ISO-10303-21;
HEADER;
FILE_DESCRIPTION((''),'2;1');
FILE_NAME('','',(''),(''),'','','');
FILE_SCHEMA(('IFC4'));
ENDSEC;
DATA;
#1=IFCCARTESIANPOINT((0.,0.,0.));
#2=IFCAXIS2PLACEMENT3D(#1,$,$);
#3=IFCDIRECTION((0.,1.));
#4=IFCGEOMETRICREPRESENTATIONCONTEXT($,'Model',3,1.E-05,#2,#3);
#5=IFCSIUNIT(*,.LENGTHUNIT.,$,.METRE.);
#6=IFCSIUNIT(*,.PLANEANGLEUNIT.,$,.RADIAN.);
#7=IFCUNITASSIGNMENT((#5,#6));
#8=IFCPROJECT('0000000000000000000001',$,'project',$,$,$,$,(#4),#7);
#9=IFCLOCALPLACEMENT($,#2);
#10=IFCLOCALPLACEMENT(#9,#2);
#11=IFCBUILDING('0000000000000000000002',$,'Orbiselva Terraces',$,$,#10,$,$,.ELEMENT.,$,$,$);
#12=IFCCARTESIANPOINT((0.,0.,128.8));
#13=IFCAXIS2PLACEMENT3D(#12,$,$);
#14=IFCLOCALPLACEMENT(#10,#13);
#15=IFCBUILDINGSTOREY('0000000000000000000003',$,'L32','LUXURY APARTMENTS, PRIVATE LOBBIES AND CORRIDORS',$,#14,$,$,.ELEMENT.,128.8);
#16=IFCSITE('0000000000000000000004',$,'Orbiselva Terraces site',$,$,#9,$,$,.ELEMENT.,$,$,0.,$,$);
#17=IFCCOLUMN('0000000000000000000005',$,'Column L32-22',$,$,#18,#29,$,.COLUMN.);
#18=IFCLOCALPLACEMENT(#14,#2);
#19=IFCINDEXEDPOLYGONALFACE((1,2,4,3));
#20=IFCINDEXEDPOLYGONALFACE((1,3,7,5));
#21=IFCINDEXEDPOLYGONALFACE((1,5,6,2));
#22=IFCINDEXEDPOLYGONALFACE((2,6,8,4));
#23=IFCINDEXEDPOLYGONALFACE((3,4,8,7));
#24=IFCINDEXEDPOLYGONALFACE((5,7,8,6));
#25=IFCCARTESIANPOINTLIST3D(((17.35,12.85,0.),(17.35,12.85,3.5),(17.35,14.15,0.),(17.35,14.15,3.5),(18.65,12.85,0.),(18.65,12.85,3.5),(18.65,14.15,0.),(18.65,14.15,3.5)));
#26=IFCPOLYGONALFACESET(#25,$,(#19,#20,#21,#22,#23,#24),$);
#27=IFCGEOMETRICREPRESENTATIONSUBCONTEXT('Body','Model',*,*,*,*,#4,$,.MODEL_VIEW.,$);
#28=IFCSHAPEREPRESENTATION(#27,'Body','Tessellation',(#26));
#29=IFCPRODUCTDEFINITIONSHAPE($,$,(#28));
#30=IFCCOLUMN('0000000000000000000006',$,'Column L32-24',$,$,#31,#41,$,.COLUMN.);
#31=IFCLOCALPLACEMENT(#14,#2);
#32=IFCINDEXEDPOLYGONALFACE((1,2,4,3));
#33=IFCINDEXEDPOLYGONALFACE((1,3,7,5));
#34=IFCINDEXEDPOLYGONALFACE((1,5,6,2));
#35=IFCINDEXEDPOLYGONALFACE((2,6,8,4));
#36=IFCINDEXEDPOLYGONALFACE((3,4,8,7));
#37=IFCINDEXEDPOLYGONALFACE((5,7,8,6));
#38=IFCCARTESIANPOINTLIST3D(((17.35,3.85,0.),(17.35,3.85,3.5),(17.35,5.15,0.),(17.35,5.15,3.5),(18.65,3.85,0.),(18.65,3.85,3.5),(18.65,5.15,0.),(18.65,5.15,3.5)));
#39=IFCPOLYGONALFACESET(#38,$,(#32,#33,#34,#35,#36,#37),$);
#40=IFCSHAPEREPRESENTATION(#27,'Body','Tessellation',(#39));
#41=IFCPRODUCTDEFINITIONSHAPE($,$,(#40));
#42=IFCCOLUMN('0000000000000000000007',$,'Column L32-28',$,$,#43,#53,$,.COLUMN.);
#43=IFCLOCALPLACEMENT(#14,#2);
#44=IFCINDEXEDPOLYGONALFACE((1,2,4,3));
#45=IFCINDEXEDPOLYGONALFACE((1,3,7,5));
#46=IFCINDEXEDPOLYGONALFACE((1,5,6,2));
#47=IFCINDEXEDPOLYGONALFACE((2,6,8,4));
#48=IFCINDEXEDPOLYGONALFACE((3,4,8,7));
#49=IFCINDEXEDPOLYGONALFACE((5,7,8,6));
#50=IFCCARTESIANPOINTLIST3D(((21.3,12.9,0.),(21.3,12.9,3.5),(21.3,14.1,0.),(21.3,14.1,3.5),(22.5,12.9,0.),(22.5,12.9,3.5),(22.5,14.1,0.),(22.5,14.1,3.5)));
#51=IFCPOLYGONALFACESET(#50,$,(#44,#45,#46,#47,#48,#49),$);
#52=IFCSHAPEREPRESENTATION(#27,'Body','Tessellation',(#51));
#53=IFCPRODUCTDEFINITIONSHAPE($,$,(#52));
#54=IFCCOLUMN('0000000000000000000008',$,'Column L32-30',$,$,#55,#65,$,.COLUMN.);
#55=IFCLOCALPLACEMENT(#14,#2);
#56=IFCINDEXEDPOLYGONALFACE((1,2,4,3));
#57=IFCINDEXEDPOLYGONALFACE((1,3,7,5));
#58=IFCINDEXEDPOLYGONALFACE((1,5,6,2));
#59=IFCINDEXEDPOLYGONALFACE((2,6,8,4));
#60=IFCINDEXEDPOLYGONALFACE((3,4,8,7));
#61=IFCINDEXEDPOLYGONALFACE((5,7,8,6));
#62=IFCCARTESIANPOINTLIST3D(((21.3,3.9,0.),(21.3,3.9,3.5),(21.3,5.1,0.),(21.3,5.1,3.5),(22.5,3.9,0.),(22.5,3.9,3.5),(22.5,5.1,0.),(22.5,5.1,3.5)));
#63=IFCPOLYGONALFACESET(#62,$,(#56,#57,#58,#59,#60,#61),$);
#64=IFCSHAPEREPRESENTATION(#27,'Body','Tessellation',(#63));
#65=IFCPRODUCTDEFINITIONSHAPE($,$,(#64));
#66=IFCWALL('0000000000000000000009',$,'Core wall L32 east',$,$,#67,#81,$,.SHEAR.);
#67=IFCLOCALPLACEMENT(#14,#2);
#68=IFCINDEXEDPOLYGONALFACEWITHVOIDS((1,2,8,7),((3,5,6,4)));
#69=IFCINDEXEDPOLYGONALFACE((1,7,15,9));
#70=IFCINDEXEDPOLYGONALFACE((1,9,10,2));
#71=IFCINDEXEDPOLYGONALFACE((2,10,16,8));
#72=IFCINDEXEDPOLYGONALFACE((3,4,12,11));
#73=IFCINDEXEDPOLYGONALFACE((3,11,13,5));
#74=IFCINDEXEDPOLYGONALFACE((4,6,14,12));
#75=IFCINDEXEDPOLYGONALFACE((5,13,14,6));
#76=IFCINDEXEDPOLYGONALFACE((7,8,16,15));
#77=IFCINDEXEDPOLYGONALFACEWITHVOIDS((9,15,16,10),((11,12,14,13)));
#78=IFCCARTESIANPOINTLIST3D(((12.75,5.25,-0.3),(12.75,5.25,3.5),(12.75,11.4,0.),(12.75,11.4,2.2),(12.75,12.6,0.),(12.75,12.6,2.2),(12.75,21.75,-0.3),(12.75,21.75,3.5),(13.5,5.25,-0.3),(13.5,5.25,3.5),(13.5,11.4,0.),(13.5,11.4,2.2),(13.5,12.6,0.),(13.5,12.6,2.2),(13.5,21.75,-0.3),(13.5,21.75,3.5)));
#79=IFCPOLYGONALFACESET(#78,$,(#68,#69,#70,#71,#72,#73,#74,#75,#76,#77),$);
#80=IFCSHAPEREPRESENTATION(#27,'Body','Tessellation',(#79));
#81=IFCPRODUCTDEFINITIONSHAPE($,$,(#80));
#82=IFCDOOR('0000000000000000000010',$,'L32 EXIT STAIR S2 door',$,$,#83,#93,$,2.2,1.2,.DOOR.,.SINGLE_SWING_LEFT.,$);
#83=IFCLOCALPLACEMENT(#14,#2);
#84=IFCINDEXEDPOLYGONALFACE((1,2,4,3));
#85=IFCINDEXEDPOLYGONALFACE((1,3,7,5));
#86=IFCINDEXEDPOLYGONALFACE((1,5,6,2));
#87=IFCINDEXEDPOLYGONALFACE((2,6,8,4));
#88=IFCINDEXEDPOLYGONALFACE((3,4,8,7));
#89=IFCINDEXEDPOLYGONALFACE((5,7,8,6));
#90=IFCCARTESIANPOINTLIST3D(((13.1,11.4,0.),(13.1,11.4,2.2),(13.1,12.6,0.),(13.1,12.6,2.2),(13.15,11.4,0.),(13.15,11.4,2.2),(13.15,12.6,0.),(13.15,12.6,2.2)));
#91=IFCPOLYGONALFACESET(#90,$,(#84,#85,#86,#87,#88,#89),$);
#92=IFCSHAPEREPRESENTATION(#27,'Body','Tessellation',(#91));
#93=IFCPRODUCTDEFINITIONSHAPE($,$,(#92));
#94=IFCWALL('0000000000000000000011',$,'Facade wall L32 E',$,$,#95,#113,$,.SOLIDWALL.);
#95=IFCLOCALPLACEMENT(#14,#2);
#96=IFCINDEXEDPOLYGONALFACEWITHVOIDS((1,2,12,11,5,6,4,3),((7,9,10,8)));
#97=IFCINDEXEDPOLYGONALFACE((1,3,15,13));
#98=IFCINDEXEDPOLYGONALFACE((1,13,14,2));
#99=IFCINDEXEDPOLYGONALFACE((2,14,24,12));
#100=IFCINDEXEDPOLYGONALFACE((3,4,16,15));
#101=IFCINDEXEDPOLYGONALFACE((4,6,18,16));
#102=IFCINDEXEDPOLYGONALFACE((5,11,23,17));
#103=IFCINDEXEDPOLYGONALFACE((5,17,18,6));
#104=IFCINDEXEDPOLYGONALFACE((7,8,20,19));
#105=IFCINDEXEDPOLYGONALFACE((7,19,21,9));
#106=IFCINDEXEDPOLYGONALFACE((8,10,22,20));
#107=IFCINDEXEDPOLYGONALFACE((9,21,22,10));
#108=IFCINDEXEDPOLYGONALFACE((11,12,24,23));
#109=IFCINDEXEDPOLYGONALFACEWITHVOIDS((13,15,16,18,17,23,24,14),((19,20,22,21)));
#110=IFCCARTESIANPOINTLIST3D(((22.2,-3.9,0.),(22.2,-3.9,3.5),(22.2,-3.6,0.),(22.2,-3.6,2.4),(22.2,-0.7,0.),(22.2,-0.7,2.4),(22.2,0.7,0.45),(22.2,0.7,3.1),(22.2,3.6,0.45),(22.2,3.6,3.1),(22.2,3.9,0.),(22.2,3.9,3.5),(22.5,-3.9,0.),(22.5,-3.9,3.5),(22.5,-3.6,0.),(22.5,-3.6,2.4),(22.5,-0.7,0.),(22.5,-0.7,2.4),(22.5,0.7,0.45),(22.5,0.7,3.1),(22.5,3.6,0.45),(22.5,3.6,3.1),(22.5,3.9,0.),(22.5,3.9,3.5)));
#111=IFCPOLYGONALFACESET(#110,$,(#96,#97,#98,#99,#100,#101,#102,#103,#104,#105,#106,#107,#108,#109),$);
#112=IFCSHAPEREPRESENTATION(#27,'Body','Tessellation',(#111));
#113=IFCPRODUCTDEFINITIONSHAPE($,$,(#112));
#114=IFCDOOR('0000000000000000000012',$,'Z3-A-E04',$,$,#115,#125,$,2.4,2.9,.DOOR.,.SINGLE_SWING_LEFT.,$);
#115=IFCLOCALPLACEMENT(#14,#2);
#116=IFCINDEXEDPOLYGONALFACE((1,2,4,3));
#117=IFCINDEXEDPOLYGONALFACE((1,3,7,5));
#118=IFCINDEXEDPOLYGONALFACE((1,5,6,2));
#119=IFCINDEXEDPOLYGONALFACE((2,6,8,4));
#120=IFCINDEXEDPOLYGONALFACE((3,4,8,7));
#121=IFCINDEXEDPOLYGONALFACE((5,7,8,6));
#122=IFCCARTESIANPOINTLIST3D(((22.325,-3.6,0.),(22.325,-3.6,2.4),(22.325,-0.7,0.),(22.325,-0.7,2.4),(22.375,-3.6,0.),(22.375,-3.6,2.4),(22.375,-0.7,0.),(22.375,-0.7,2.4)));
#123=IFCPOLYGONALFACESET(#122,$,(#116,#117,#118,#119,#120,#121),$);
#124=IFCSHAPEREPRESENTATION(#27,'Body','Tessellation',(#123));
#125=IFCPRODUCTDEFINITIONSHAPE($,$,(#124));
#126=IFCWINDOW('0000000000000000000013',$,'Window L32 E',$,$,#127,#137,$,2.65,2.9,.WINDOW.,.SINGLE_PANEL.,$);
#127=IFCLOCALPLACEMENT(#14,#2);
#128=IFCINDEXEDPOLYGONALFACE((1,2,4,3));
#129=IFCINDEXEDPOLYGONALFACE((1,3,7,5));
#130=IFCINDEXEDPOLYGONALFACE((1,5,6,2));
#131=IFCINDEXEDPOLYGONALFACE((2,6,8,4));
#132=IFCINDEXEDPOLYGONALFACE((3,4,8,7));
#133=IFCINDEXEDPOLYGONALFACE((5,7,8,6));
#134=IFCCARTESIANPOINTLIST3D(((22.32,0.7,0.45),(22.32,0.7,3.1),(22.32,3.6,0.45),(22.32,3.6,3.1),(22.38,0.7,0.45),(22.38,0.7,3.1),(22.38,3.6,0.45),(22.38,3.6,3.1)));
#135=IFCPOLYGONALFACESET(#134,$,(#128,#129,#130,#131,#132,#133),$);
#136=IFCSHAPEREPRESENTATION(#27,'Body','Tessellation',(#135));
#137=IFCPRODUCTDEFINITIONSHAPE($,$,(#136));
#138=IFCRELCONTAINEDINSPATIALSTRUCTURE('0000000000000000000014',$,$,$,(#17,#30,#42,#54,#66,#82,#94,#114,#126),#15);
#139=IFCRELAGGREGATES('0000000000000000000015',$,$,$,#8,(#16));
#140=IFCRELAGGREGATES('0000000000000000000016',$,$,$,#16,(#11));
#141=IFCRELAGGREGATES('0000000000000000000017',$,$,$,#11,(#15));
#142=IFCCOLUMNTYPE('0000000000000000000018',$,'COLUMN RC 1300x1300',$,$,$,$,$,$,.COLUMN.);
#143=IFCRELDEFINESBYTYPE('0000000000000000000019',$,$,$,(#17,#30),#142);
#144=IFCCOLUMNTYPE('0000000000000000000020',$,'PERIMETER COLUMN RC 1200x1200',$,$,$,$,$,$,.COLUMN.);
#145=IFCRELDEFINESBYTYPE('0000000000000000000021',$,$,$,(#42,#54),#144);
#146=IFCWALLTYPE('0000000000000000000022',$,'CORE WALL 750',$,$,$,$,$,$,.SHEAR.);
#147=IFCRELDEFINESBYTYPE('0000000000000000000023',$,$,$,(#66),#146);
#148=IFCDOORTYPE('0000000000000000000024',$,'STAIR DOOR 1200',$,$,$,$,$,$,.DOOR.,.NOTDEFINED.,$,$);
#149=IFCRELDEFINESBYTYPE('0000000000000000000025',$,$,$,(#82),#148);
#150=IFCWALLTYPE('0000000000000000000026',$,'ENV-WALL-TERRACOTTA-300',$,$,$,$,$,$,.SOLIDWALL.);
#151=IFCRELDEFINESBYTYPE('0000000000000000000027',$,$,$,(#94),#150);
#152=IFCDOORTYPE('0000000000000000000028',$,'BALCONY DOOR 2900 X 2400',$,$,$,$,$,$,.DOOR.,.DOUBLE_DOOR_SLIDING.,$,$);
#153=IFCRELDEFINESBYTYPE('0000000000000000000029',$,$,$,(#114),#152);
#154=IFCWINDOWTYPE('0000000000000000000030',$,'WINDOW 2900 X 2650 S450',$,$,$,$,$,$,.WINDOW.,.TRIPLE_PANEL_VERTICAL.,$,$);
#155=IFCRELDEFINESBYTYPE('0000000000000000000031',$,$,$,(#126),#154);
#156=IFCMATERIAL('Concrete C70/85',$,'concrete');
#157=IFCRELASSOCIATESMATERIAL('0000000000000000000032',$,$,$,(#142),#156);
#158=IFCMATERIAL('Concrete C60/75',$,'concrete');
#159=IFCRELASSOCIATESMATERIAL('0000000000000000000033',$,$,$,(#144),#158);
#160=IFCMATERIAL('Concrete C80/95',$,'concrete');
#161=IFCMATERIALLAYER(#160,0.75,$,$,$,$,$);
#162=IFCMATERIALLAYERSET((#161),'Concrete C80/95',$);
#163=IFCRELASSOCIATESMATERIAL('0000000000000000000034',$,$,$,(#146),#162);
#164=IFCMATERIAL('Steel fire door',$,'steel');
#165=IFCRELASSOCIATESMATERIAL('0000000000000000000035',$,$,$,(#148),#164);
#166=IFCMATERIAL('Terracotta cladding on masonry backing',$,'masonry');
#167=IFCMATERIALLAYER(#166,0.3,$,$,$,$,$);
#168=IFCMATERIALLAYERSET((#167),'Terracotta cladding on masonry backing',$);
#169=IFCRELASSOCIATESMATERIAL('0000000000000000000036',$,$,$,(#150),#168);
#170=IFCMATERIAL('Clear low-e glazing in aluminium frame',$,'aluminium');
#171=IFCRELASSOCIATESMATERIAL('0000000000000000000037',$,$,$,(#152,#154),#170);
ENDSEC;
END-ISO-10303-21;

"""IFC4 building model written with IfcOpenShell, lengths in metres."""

from ifc_helpers import new_model, si_unit, direction, frame, frame_2d, origin, origin_2d, place, context, subcontext, project, spatial, rectangle, extrude, material, layer, layer_set, material_profile, profile_set, type_object, element, fill, save


model = new_model("IFC4")

# Units and contexts
model_context = context("Model", 3, precision=1e-05, world=origin(), true_north=direction((0.0, 1.0)))
body_context = subcontext(model_context, "Body", "Model", "MODEL_VIEW")
ifc_project = project(units=[si_unit("LENGTHUNIT", "METRE"), si_unit("PLANEANGLEUNIT", "RADIAN")], contexts=[model_context])

# Site, building, storey
site_placement = place(None, origin())
site = spatial("IfcSite", under=ifc_project, at=site_placement, Name="Orbiselva Terraces site", CompositionType="ELEMENT", RefElevation=0.0)
building_placement = place(site_placement, origin())
building = spatial("IfcBuilding", under=site, at=building_placement, Name="Orbiselva Terraces", CompositionType="ELEMENT")
storey_placement = place(building_placement, frame((0.0, 0.0, 128.8)))
storey = spatial("IfcBuildingStorey", under=building, at=storey_placement, Name="L32", Description="LUXURY APARTMENTS, PRIVATE LOBBIES AND CORRIDORS", CompositionType="ELEMENT", Elevation=128.8)

# Columns
ifc_material_1 = material(Name="Concrete C70/85", Category="concrete")
ifc_material_profile_1 = material_profile(ifc_material_1, rectangle(XDim=1.3, YDim=1.3, at=origin_2d()), Name="RC 1300x1300")
ifc_profile_set_1 = profile_set([ifc_material_profile_1], Name="Concrete C70/85")
column_type_1 = type_object("IfcColumnType", Name="COLUMN RC 1300x1300", PredefinedType="COLUMN", material=ifc_profile_set_1)
for number, where, z_axis, x_axis, name in (
    (1, (18.0, 13.5, 0.0), (0.0, 0.0, 1.0), (1.0, 0.0, 0.0), "Column L32-22"),
    (2, (18.0, 4.5, 0.0), (0.0, 0.0, 1.0), (1.0, 0.0, 0.0), "Column L32-24"),
):
    element("IfcColumn", number, at=place(storey_placement, frame(where, z_axis=z_axis, x_axis=x_axis)), inside=storey, type_object=column_type_1, Name=name, PredefinedType="COLUMN", context=body_context, shape_type="SweptSolid", body=[
        extrude(rectangle(XDim=1.3, YDim=1.3, at=origin_2d()), origin(), (0.0, 0.0, 1.0), 3.5),
    ])
ifc_material_2 = material(Name="Concrete C60/75", Category="concrete")
ifc_material_profile_2 = material_profile(ifc_material_2, rectangle(XDim=1.2, YDim=1.2, at=origin_2d()), Name="RC 1200x1200")
ifc_profile_set_2 = profile_set([ifc_material_profile_2], Name="Concrete C60/75")
column_type_2 = type_object("IfcColumnType", Name="PERIMETER COLUMN RC 1200x1200", PredefinedType="COLUMN", material=ifc_profile_set_2)
for number, where, z_axis, x_axis, name in (
    (3, (21.9, 13.5, 0.0), (0.0, 0.0, 1.0), (1.0, 0.0, 0.0), "Column L32-28"),
    (4, (21.9, 4.5, 0.0), (0.0, 0.0, 1.0), (1.0, 0.0, 0.0), "Column L32-30"),
):
    element("IfcColumn", number, at=place(storey_placement, frame(where, z_axis=z_axis, x_axis=x_axis)), inside=storey, type_object=column_type_2, Name=name, PredefinedType="COLUMN", context=body_context, shape_type="SweptSolid", body=[
        extrude(rectangle(XDim=1.2, YDim=1.2, at=origin_2d()), origin(), (0.0, 0.0, 1.0), 3.5),
    ])

# Wall, opening, door
ifc_material_3 = material(Name="Concrete C80/95", Category="concrete")
ifc_layer_1 = layer(ifc_material_3, 0.75)
ifc_layer_set_1 = layer_set([ifc_layer_1], Name="Concrete C80/95")
wall_type_1 = type_object("IfcWallType", Name="CORE WALL 750", PredefinedType="SHEAR", material=ifc_layer_set_1)
wall_1_placement = place(storey_placement, frame((13.125, 5.25, -0.3), z_axis=(0.0, 0.0, 1.0), x_axis=(0.0, 1.0, 0.0)))
wall_1 = element("IfcWall", 5, at=wall_1_placement, inside=storey, type_object=wall_type_1, Name="Core wall L32 east", PredefinedType="SHEAR", context=body_context, shape_type="SweptSolid", body=[
    extrude(rectangle(XDim=16.5, YDim=0.75, at=frame_2d((8.25, 0.0))), origin(), (0.0, 0.0, 1.0), 3.8),
])
opening_1_placement = place(wall_1_placement, frame((6.15, 0.0, 0.3)))
opening_1 = element("IfcOpeningElement", 6, at=opening_1_placement, cuts=wall_1, PredefinedType="OPENING", context=body_context, shape_type="SweptSolid", body=[
    extrude(rectangle(XDim=1.2, YDim=2.2, at=frame_2d((0.6, 1.1))), frame((0.0, 0.385, 0.0), z_axis=(0.0, -1.0, 0.0), x_axis=(1.0, 0.0, 0.0)), (0.0, 0.0, 1.0), 0.77),
])
ifc_material_4 = material(Name="Steel fire door", Category="steel")
door_type_1 = type_object("IfcDoorType", Name="STAIR DOOR 1200", OperationType="NOTDEFINED", PredefinedType="DOOR", material=ifc_material_4)
door_1_placement = place(opening_1_placement, frame((1.2, 0.0, 0.0), z_axis=(0.0, 0.0, 1.0), x_axis=(-1.0, 0.0, 0.0)))
door_1 = element("IfcDoor", 7, at=door_1_placement, inside=storey, type_object=door_type_1, Name="L32 EXIT STAIR S2 door", OperationType="SINGLE_SWING_LEFT", OverallHeight=2.2, OverallWidth=1.2, PredefinedType="DOOR", context=body_context, shape_type="SweptSolid", body=[
    extrude(rectangle(XDim=1.2, YDim=2.2, at=frame_2d((0.6, 1.1))), frame((0.0, 0.025, 0.0), z_axis=(0.0, -1.0, 0.0), x_axis=(1.0, 0.0, 0.0)), (0.0, 0.0, 1.0), 0.05),
])
fill(opening_1, door_1)

# Wall, openings, door, window
ifc_material_5 = material(Name="Terracotta cladding on masonry backing", Category="masonry")
ifc_layer_2 = layer(ifc_material_5, 0.3)
ifc_layer_set_2 = layer_set([ifc_layer_2], Name="Terracotta cladding on masonry backing")
wall_type_2 = type_object("IfcWallType", Name="ENV-WALL-TERRACOTTA-300", PredefinedType="SOLIDWALL", material=ifc_layer_set_2)
wall_2_placement = place(storey_placement, frame((22.35, 3.9, 0.0), z_axis=(0.0, 0.0, 1.0), x_axis=(0.0, -1.0, 0.0)))
wall_2 = element("IfcWall", 8, at=wall_2_placement, inside=storey, type_object=wall_type_2, Name="Facade wall L32 E", PredefinedType="SOLIDWALL", context=body_context, shape_type="SweptSolid", body=[
    extrude(rectangle(XDim=7.8, YDim=0.3, at=frame_2d((3.9, 0.0))), origin(), (0.0, 0.0, 1.0), 3.5),
])
opening_2_placement = place(wall_2_placement, frame((4.6, 0.0, 0.0)))
opening_2 = element("IfcOpeningElement", 9, at=opening_2_placement, cuts=wall_2, PredefinedType="OPENING", context=body_context, shape_type="SweptSolid", body=[
    extrude(rectangle(XDim=2.9, YDim=2.4, at=frame_2d((1.45, 1.2))), frame((0.0, 0.16, 0.0), z_axis=(0.0, -1.0, 0.0), x_axis=(1.0, 0.0, 0.0)), (0.0, 0.0, 1.0), 0.32),
])
opening_3_placement = place(wall_2_placement, frame((0.3, 0.0, 0.45)))
opening_3 = element("IfcOpeningElement", 10, at=opening_3_placement, cuts=wall_2, PredefinedType="OPENING", context=body_context, shape_type="SweptSolid", body=[
    extrude(rectangle(XDim=2.9, YDim=2.65, at=frame_2d((1.45, 1.325))), frame((0.0, 0.16, 0.0), z_axis=(0.0, -1.0, 0.0), x_axis=(1.0, 0.0, 0.0)), (0.0, 0.0, 1.0), 0.32),
])
ifc_material_6 = material(Name="Clear low-e glazing in aluminium frame", Category="aluminium")
door_type_2 = type_object("IfcDoorType", Name="BALCONY DOOR 2900 X 2400", OperationType="DOUBLE_DOOR_SLIDING", PredefinedType="DOOR", material=ifc_material_6)
door_2_placement = place(opening_2_placement, origin())
door_2 = element("IfcDoor", 11, at=door_2_placement, inside=storey, type_object=door_type_2, Name="Z3-A-E04", OperationType="SINGLE_SWING_LEFT", OverallHeight=2.4, OverallWidth=2.9, PredefinedType="DOOR", context=body_context, shape_type="SweptSolid", body=[
    extrude(rectangle(XDim=2.9, YDim=2.4, at=frame_2d((1.45, 1.2))), frame((0.0, 0.025, 0.0), z_axis=(0.0, -1.0, 0.0), x_axis=(1.0, 0.0, 0.0)), (0.0, 0.0, 1.0), 0.05),
])
fill(opening_2, door_2)
window_type = type_object("IfcWindowType", Name="WINDOW 2900 X 2650 S450", PartitioningType="TRIPLE_PANEL_VERTICAL", PredefinedType="WINDOW", material=ifc_material_6)
window_1_placement = place(opening_3_placement, origin())
window_1 = element("IfcWindow", 12, at=window_1_placement, inside=storey, type_object=window_type, Name="Window L32 E", OverallHeight=2.65, OverallWidth=2.9, PartitioningType="SINGLE_PANEL", PredefinedType="WINDOW", context=body_context, shape_type="SweptSolid", body=[
    extrude(rectangle(XDim=2.9, YDim=2.65, at=frame_2d((1.45, 1.325))), frame((0.0, 0.03, 0.0), z_axis=(0.0, -1.0, 0.0), x_axis=(1.0, 0.0, 0.0)), (0.0, 0.0, 1.0), 0.06),
])
fill(opening_3, window_1)

save(model, "model.ifc")
